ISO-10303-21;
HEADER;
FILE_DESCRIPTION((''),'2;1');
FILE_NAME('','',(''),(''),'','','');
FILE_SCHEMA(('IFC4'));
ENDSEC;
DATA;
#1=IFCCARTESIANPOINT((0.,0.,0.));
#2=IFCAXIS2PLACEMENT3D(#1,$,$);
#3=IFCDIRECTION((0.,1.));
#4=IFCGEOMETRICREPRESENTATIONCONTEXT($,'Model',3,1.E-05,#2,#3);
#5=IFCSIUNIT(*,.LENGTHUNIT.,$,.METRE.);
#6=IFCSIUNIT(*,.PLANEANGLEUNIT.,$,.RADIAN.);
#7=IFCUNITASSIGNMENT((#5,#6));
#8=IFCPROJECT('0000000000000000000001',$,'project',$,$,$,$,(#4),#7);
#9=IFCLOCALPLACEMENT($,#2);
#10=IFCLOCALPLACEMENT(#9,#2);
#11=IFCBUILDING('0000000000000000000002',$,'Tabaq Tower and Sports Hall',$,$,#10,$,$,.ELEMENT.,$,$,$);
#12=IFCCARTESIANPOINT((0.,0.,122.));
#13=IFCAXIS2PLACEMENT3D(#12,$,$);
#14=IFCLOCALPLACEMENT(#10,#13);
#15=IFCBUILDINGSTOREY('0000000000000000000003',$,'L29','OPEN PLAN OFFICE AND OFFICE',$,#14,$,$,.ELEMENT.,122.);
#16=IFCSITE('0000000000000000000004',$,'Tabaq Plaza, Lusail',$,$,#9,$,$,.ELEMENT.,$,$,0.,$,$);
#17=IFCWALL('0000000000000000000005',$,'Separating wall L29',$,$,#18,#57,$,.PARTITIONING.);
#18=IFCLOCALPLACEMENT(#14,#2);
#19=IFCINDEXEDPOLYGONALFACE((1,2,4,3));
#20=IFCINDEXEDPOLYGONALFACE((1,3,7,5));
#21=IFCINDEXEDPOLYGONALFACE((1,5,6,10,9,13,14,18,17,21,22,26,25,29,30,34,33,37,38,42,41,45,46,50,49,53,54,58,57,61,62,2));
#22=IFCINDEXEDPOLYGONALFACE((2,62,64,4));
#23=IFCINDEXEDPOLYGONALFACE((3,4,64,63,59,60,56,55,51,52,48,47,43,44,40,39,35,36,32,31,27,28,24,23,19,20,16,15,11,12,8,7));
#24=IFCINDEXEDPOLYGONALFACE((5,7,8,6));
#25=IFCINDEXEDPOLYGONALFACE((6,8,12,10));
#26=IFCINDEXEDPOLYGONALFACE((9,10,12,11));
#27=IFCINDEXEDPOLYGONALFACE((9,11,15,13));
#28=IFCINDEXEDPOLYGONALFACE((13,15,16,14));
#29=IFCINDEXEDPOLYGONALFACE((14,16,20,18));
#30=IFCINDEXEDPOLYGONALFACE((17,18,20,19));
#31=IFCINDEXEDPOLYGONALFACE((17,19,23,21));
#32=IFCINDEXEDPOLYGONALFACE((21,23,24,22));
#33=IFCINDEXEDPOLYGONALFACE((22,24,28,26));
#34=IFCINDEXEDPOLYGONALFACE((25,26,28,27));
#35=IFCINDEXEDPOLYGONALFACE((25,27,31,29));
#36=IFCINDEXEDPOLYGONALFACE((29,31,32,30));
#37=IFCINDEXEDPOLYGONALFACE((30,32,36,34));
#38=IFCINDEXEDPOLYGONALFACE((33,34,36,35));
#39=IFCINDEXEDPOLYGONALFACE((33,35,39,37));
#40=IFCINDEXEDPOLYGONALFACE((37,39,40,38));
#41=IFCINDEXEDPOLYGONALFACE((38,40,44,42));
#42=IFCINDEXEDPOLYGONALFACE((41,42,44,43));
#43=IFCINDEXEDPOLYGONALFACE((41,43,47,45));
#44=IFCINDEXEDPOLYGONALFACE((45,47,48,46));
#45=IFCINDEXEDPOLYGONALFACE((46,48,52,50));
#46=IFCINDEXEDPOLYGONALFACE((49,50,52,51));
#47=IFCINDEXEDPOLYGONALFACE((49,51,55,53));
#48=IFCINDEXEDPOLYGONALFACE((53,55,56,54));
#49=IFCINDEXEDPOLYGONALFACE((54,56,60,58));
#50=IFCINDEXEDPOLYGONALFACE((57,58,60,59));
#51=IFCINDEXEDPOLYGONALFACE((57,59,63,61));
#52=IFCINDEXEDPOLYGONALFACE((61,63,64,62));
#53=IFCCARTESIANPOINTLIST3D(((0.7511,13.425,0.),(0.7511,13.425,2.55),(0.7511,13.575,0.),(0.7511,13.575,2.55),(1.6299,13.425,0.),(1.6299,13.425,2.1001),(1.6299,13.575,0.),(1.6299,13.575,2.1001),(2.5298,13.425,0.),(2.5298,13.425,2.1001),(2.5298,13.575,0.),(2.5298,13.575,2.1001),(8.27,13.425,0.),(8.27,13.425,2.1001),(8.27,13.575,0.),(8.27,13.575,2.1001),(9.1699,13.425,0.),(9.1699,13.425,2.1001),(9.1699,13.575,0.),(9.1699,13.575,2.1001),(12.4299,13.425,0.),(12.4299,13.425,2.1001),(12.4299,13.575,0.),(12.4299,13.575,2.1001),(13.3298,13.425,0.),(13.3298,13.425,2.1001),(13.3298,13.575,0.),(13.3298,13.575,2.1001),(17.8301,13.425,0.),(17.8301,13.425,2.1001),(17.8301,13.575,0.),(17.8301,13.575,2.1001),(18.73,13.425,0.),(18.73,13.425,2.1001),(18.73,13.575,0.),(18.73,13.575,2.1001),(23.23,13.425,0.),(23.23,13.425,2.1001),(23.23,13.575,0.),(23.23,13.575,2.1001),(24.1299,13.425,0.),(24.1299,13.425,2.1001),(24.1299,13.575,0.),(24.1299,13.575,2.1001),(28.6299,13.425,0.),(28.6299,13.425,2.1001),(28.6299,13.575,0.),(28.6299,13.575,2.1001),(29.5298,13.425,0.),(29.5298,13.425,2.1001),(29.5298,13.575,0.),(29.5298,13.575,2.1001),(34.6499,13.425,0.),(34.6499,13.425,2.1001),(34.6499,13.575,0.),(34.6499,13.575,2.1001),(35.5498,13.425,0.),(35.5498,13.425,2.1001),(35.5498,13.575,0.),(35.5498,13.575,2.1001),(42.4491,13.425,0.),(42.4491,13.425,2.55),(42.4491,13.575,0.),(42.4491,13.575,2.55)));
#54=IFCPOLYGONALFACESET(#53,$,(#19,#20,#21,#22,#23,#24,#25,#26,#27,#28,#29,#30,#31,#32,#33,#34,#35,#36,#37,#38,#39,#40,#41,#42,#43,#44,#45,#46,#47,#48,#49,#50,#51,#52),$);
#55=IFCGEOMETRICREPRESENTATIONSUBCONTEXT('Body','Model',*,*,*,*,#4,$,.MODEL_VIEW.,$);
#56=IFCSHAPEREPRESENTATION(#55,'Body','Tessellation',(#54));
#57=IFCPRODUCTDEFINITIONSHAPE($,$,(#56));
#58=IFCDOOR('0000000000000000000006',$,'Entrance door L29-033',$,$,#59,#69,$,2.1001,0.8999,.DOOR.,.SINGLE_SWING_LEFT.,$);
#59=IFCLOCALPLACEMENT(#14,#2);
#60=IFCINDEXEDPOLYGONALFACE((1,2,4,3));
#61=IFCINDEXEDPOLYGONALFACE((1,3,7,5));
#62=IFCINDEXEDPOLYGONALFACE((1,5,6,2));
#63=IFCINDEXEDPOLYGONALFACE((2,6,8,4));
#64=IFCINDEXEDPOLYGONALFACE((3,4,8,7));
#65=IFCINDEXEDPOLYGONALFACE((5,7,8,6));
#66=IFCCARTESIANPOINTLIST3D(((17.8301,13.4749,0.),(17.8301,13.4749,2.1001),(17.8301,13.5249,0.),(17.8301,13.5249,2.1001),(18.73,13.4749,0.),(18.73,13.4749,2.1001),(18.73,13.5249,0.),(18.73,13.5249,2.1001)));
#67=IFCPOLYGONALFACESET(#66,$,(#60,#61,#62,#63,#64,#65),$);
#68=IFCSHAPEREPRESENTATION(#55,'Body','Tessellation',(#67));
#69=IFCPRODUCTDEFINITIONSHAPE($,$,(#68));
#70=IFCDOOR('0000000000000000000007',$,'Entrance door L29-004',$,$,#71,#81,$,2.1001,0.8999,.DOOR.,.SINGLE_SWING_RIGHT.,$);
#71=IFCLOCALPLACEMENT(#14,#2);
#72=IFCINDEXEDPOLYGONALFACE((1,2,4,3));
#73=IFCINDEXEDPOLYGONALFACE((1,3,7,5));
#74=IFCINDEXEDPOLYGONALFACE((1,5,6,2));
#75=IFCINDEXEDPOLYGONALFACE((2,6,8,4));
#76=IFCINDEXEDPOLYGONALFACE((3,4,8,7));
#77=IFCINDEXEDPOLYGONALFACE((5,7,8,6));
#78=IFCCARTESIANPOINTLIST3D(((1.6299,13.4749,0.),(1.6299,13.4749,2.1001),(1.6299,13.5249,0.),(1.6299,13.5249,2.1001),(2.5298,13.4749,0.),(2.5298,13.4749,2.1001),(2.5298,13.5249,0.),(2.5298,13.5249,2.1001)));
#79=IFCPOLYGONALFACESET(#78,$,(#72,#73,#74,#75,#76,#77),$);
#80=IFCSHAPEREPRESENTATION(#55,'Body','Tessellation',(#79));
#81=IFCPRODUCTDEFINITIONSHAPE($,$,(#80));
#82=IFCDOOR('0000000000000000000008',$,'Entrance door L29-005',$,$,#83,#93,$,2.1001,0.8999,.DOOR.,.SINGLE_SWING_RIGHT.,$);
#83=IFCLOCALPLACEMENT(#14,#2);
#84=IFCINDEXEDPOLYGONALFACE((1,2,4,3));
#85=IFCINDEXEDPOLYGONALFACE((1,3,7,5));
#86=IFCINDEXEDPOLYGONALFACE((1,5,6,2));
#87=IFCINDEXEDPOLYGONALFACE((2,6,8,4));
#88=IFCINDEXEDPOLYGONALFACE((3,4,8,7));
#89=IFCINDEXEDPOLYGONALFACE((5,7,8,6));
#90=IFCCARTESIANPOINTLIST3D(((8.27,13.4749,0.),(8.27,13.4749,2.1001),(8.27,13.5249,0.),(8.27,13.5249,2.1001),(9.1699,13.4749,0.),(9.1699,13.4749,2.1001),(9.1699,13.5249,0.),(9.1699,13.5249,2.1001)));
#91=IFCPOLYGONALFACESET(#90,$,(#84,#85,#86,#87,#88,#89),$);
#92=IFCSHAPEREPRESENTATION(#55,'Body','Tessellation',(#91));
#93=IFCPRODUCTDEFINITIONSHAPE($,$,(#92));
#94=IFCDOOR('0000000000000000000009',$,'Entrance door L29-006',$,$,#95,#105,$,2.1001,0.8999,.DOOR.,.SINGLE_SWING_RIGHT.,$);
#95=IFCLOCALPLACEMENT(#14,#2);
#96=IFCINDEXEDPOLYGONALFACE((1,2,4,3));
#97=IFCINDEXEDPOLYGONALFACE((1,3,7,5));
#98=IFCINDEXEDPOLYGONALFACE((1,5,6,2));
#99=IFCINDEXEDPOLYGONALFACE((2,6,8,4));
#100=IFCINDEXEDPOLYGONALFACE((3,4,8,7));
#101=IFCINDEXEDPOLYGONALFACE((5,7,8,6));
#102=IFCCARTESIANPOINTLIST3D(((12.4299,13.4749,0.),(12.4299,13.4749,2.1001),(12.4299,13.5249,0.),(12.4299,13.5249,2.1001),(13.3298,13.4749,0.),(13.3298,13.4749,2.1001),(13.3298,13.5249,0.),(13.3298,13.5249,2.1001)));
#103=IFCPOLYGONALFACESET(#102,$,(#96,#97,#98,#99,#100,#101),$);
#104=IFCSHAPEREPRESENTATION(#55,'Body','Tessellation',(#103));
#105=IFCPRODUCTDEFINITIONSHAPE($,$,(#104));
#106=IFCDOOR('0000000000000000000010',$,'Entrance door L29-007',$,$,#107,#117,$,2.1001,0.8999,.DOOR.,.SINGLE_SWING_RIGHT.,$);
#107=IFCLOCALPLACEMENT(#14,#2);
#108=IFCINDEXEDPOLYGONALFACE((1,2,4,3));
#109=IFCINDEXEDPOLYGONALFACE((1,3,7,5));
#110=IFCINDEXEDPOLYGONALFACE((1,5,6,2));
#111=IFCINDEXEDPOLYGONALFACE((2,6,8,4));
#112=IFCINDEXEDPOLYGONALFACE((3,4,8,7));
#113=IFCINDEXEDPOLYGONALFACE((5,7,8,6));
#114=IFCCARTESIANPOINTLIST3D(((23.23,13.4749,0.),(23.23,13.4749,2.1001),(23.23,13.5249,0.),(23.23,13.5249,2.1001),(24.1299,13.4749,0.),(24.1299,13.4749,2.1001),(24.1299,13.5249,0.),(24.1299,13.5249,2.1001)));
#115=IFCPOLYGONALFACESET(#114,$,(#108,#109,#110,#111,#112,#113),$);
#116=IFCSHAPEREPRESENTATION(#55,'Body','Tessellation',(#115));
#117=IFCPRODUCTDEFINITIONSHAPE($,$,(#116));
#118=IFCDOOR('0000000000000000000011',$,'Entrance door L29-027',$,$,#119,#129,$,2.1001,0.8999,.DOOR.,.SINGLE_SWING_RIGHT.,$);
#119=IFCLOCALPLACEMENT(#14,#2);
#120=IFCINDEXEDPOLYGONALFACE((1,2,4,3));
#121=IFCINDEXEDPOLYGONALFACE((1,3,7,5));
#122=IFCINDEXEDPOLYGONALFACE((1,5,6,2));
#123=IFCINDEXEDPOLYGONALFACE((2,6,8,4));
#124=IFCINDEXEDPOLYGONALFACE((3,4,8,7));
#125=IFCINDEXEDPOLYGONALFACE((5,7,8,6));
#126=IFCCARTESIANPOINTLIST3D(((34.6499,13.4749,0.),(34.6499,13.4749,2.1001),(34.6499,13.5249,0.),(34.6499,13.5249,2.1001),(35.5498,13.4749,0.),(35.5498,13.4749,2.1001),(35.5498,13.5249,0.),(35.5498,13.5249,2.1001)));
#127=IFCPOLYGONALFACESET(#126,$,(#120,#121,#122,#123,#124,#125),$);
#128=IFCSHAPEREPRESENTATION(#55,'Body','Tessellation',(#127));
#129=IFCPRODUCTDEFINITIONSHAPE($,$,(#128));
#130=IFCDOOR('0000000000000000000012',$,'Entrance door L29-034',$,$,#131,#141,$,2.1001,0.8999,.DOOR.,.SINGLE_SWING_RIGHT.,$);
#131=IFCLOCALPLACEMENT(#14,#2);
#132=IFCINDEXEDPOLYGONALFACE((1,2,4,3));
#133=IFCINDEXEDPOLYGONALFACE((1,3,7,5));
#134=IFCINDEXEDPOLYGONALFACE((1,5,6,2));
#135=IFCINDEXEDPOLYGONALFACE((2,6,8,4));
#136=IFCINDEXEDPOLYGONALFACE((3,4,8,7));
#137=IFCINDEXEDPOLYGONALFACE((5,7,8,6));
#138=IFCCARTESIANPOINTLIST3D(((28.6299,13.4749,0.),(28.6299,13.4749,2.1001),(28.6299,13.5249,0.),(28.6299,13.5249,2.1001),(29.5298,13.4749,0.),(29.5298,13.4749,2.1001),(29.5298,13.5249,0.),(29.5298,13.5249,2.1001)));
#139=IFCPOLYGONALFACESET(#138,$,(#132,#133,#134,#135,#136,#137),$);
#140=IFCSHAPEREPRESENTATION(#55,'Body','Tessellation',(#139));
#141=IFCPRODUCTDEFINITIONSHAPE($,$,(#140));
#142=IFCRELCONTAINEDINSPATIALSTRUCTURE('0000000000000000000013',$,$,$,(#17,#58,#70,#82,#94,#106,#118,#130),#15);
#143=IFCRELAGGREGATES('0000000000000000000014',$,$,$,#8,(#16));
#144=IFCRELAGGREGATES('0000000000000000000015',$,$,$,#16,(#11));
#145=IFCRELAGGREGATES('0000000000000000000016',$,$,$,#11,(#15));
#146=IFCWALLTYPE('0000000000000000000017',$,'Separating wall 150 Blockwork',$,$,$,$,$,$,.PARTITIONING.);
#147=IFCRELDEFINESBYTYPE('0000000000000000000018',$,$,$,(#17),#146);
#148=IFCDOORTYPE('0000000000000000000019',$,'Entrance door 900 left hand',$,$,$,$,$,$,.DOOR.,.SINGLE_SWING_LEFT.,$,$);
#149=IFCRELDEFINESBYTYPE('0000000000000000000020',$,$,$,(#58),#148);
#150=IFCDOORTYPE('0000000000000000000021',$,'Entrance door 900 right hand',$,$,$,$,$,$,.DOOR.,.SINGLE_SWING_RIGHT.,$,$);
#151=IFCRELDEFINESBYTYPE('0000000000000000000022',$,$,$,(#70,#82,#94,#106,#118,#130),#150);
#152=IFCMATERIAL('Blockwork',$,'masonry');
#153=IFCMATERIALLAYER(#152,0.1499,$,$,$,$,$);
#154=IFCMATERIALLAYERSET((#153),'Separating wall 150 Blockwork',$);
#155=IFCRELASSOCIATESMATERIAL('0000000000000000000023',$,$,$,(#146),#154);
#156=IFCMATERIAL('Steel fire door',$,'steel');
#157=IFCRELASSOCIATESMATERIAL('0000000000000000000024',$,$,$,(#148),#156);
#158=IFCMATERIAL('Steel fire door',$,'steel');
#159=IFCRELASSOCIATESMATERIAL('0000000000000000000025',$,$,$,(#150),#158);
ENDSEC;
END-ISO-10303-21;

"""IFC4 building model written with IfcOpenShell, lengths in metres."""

from ifc_helpers import new_model, si_unit, direction, frame, frame_2d, origin, place, context, subcontext, project, spatial, rectangle, extrude, material, layer, layer_set, type_object, element, fill, save


model = new_model("IFC4")

# Units and contexts
model_context = context("Model", 3, precision=1e-05, world=origin(), true_north=direction((0.0, 1.0)))
body_context = subcontext(model_context, "Body", "Model", "MODEL_VIEW")
ifc_project = project(units=[si_unit("LENGTHUNIT", "METRE"), si_unit("PLANEANGLEUNIT", "RADIAN")], contexts=[model_context])

# Site, building, storey
site_placement = place(None, origin())
site = spatial("IfcSite", under=ifc_project, at=site_placement, Name="Tabaq Plaza, Lusail", CompositionType="ELEMENT", RefElevation=0.0)
building_placement = place(site_placement, origin())
building = spatial("IfcBuilding", under=site, at=building_placement, Name="Tabaq Tower and Sports Hall", CompositionType="ELEMENT")
storey_placement = place(building_placement, frame((0.0, 0.0, 122.0)))
storey = spatial("IfcBuildingStorey", under=building, at=storey_placement, Name="L29", Description="OPEN PLAN OFFICE AND OFFICE", CompositionType="ELEMENT", Elevation=122.0)

# Wall, openings, doors
ifc_material_1 = material(Name="Blockwork", Category="masonry")
ifc_layer_1 = layer(ifc_material_1, 0.1499)
ifc_layer_set_1 = layer_set([ifc_layer_1], Name="Separating wall 150 Blockwork")
wall_type_1 = type_object("IfcWallType", Name="Separating wall 150 Blockwork", PredefinedType="PARTITIONING", material=ifc_layer_set_1)
wall_1_placement = place(storey_placement, frame((0.751, 13.5, 0.0), z_axis=(0.0, 0.0, 1.0), x_axis=(1.0, 0.0, 0.0)))
wall_1 = element("IfcWall", 1, at=wall_1_placement, inside=storey, type_object=wall_type_1, Name="Separating wall L29", PredefinedType="PARTITIONING", context=body_context, shape_type="SweptSolid", body=[
    extrude(rectangle(XDim=41.698, YDim=0.1499, at=frame_2d((20.8491, 0.0))), origin(), (0.0, 0.0, 1.0), 2.55),
])
opening_1_placement = place(wall_1_placement, frame((0.8789, 0.0, 0.0)))
opening_1 = element("IfcOpeningElement", 2, at=opening_1_placement, cuts=wall_1, PredefinedType="OPENING", context=body_context, shape_type="SweptSolid", body=[
    extrude(rectangle(XDim=0.8999, YDim=2.1001, at=frame_2d((0.45, 1.05))), frame((0.0, 0.075, 0.0), z_axis=(0.0, -1.0, 0.0), x_axis=(1.0, 0.0, 0.0)), (0.0, 0.0, 1.0), 0.1499),
])
opening_2_placement = place(wall_1_placement, frame((7.519, 0.0, 0.0)))
opening_2 = element("IfcOpeningElement", 3, at=opening_2_placement, cuts=wall_1, PredefinedType="OPENING", context=body_context, shape_type="SweptSolid", body=[
    extrude(rectangle(XDim=0.8999, YDim=2.1001, at=frame_2d((0.45, 1.05))), frame((0.0, 0.075, 0.0), z_axis=(0.0, -1.0, 0.0), x_axis=(1.0, 0.0, 0.0)), (0.0, 0.0, 1.0), 0.1499),
])
opening_3_placement = place(wall_1_placement, frame((11.679, 0.0, 0.0)))
opening_3 = element("IfcOpeningElement", 4, at=opening_3_placement, cuts=wall_1, PredefinedType="OPENING", context=body_context, shape_type="SweptSolid", body=[
    extrude(rectangle(XDim=0.8999, YDim=2.1001, at=frame_2d((0.45, 1.05))), frame((0.0, 0.075, 0.0), z_axis=(0.0, -1.0, 0.0), x_axis=(1.0, 0.0, 0.0)), (0.0, 0.0, 1.0), 0.1499),
])
opening_4_placement = place(wall_1_placement, frame((22.479, 0.0, 0.0)))
opening_4 = element("IfcOpeningElement", 5, at=opening_4_placement, cuts=wall_1, PredefinedType="OPENING", context=body_context, shape_type="SweptSolid", body=[
    extrude(rectangle(XDim=0.8999, YDim=2.1001, at=frame_2d((0.45, 1.05))), frame((0.0, 0.075, 0.0), z_axis=(0.0, -1.0, 0.0), x_axis=(1.0, 0.0, 0.0)), (0.0, 0.0, 1.0), 0.1499),
])
opening_5_placement = place(wall_1_placement, frame((33.8989, 0.0, 0.0)))
opening_5 = element("IfcOpeningElement", 6, at=opening_5_placement, cuts=wall_1, PredefinedType="OPENING", context=body_context, shape_type="SweptSolid", body=[
    extrude(rectangle(XDim=0.8999, YDim=2.1001, at=frame_2d((0.45, 1.05))), frame((0.0, 0.075, 0.0), z_axis=(0.0, -1.0, 0.0), x_axis=(1.0, 0.0, 0.0)), (0.0, 0.0, 1.0), 0.1499),
])
opening_6_placement = place(wall_1_placement, frame((17.0791, 0.0, 0.0)))
opening_6 = element("IfcOpeningElement", 7, at=opening_6_placement, cuts=wall_1, PredefinedType="OPENING", context=body_context, shape_type="SweptSolid", body=[
    extrude(rectangle(XDim=0.8999, YDim=2.1001, at=frame_2d((0.45, 1.05))), frame((0.0, 0.075, 0.0), z_axis=(0.0, -1.0, 0.0), x_axis=(1.0, 0.0, 0.0)), (0.0, 0.0, 1.0), 0.1499),
])
opening_7_placement = place(wall_1_placement, frame((27.8789, 0.0, 0.0)))
opening_7 = element("IfcOpeningElement", 8, at=opening_7_placement, cuts=wall_1, PredefinedType="OPENING", context=body_context, shape_type="SweptSolid", body=[
    extrude(rectangle(XDim=0.8999, YDim=2.1001, at=frame_2d((0.45, 1.05))), frame((0.0, 0.075, 0.0), z_axis=(0.0, -1.0, 0.0), x_axis=(1.0, 0.0, 0.0)), (0.0, 0.0, 1.0), 0.1499),
])
ifc_material_2 = material(Name="Steel fire door", Category="steel")
door_type_1 = type_object("IfcDoorType", Name="Entrance door 900 left hand", OperationType="SINGLE_SWING_LEFT", PredefinedType="DOOR", material=ifc_material_2)
door_1_placement = place(opening_6_placement, origin())
door_1 = element("IfcDoor", 9, at=door_1_placement, inside=storey, type_object=door_type_1, Name="Entrance door L29-033", OperationType="SINGLE_SWING_LEFT", OverallHeight=2.1001, OverallWidth=0.8999, PredefinedType="DOOR", context=body_context, shape_type="SweptSolid", body=[
    extrude(rectangle(XDim=0.8999, YDim=2.1001, at=frame_2d((0.45, 1.05))), frame((0.0, 0.0249, 0.0), z_axis=(0.0, -1.0, 0.0), x_axis=(1.0, 0.0, 0.0)), (0.0, 0.0, 1.0), 0.05),
])
fill(opening_6, door_1)
ifc_material_3 = material(Name="Steel fire door", Category="steel")
door_type_2 = type_object("IfcDoorType", Name="Entrance door 900 right hand", OperationType="SINGLE_SWING_RIGHT", PredefinedType="DOOR", material=ifc_material_3)
door_2_placement = place(opening_1_placement, origin())
door_2 = element("IfcDoor", 10, at=door_2_placement, inside=storey, type_object=door_type_2, Name="Entrance door L29-004", OperationType="SINGLE_SWING_RIGHT", OverallHeight=2.1001, OverallWidth=0.8999, PredefinedType="DOOR", context=body_context, shape_type="SweptSolid", body=[
    extrude(rectangle(XDim=0.8999, YDim=2.1001, at=frame_2d((0.45, 1.05))), frame((0.0, 0.0249, 0.0), z_axis=(0.0, -1.0, 0.0), x_axis=(1.0, 0.0, 0.0)), (0.0, 0.0, 1.0), 0.05),
])
fill(opening_1, door_2)
door_3_placement = place(opening_2_placement, origin())
door_3 = element("IfcDoor", 11, at=door_3_placement, inside=storey, type_object=door_type_2, Name="Entrance door L29-005", OperationType="SINGLE_SWING_RIGHT", OverallHeight=2.1001, OverallWidth=0.8999, PredefinedType="DOOR", context=body_context, shape_type="SweptSolid", body=[
    extrude(rectangle(XDim=0.8999, YDim=2.1001, at=frame_2d((0.45, 1.05))), frame((0.0, 0.0249, 0.0), z_axis=(0.0, -1.0, 0.0), x_axis=(1.0, 0.0, 0.0)), (0.0, 0.0, 1.0), 0.05),
])
fill(opening_2, door_3)
door_4_placement = place(opening_3_placement, origin())
door_4 = element("IfcDoor", 12, at=door_4_placement, inside=storey, type_object=door_type_2, Name="Entrance door L29-006", OperationType="SINGLE_SWING_RIGHT", OverallHeight=2.1001, OverallWidth=0.8999, PredefinedType="DOOR", context=body_context, shape_type="SweptSolid", body=[
    extrude(rectangle(XDim=0.8999, YDim=2.1001, at=frame_2d((0.45, 1.05))), frame((0.0, 0.0249, 0.0), z_axis=(0.0, -1.0, 0.0), x_axis=(1.0, 0.0, 0.0)), (0.0, 0.0, 1.0), 0.05),
])
fill(opening_3, door_4)
door_5_placement = place(opening_4_placement, origin())
door_5 = element("IfcDoor", 13, at=door_5_placement, inside=storey, type_object=door_type_2, Name="Entrance door L29-007", OperationType="SINGLE_SWING_RIGHT", OverallHeight=2.1001, OverallWidth=0.8999, PredefinedType="DOOR", context=body_context, shape_type="SweptSolid", body=[
    extrude(rectangle(XDim=0.8999, YDim=2.1001, at=frame_2d((0.45, 1.05))), frame((0.0, 0.0249, 0.0), z_axis=(0.0, -1.0, 0.0), x_axis=(1.0, 0.0, 0.0)), (0.0, 0.0, 1.0), 0.05),
])
fill(opening_4, door_5)
door_6_placement = place(opening_5_placement, origin())
door_6 = element("IfcDoor", 14, at=door_6_placement, inside=storey, type_object=door_type_2, Name="Entrance door L29-027", OperationType="SINGLE_SWING_RIGHT", OverallHeight=2.1001, OverallWidth=0.8999, PredefinedType="DOOR", context=body_context, shape_type="SweptSolid", body=[
    extrude(rectangle(XDim=0.8999, YDim=2.1001, at=frame_2d((0.45, 1.05))), frame((0.0, 0.0249, 0.0), z_axis=(0.0, -1.0, 0.0), x_axis=(1.0, 0.0, 0.0)), (0.0, 0.0, 1.0), 0.05),
])
fill(opening_5, door_6)
door_7_placement = place(opening_7_placement, origin())
door_7 = element("IfcDoor", 15, at=door_7_placement, inside=storey, type_object=door_type_2, Name="Entrance door L29-034", OperationType="SINGLE_SWING_RIGHT", OverallHeight=2.1001, OverallWidth=0.8999, PredefinedType="DOOR", context=body_context, shape_type="SweptSolid", body=[
    extrude(rectangle(XDim=0.8999, YDim=2.1001, at=frame_2d((0.45, 1.05))), frame((0.0, 0.0249, 0.0), z_axis=(0.0, -1.0, 0.0), x_axis=(1.0, 0.0, 0.0)), (0.0, 0.0, 1.0), 0.05),
])
fill(opening_7, door_7)

save(model, "model.ifc")
